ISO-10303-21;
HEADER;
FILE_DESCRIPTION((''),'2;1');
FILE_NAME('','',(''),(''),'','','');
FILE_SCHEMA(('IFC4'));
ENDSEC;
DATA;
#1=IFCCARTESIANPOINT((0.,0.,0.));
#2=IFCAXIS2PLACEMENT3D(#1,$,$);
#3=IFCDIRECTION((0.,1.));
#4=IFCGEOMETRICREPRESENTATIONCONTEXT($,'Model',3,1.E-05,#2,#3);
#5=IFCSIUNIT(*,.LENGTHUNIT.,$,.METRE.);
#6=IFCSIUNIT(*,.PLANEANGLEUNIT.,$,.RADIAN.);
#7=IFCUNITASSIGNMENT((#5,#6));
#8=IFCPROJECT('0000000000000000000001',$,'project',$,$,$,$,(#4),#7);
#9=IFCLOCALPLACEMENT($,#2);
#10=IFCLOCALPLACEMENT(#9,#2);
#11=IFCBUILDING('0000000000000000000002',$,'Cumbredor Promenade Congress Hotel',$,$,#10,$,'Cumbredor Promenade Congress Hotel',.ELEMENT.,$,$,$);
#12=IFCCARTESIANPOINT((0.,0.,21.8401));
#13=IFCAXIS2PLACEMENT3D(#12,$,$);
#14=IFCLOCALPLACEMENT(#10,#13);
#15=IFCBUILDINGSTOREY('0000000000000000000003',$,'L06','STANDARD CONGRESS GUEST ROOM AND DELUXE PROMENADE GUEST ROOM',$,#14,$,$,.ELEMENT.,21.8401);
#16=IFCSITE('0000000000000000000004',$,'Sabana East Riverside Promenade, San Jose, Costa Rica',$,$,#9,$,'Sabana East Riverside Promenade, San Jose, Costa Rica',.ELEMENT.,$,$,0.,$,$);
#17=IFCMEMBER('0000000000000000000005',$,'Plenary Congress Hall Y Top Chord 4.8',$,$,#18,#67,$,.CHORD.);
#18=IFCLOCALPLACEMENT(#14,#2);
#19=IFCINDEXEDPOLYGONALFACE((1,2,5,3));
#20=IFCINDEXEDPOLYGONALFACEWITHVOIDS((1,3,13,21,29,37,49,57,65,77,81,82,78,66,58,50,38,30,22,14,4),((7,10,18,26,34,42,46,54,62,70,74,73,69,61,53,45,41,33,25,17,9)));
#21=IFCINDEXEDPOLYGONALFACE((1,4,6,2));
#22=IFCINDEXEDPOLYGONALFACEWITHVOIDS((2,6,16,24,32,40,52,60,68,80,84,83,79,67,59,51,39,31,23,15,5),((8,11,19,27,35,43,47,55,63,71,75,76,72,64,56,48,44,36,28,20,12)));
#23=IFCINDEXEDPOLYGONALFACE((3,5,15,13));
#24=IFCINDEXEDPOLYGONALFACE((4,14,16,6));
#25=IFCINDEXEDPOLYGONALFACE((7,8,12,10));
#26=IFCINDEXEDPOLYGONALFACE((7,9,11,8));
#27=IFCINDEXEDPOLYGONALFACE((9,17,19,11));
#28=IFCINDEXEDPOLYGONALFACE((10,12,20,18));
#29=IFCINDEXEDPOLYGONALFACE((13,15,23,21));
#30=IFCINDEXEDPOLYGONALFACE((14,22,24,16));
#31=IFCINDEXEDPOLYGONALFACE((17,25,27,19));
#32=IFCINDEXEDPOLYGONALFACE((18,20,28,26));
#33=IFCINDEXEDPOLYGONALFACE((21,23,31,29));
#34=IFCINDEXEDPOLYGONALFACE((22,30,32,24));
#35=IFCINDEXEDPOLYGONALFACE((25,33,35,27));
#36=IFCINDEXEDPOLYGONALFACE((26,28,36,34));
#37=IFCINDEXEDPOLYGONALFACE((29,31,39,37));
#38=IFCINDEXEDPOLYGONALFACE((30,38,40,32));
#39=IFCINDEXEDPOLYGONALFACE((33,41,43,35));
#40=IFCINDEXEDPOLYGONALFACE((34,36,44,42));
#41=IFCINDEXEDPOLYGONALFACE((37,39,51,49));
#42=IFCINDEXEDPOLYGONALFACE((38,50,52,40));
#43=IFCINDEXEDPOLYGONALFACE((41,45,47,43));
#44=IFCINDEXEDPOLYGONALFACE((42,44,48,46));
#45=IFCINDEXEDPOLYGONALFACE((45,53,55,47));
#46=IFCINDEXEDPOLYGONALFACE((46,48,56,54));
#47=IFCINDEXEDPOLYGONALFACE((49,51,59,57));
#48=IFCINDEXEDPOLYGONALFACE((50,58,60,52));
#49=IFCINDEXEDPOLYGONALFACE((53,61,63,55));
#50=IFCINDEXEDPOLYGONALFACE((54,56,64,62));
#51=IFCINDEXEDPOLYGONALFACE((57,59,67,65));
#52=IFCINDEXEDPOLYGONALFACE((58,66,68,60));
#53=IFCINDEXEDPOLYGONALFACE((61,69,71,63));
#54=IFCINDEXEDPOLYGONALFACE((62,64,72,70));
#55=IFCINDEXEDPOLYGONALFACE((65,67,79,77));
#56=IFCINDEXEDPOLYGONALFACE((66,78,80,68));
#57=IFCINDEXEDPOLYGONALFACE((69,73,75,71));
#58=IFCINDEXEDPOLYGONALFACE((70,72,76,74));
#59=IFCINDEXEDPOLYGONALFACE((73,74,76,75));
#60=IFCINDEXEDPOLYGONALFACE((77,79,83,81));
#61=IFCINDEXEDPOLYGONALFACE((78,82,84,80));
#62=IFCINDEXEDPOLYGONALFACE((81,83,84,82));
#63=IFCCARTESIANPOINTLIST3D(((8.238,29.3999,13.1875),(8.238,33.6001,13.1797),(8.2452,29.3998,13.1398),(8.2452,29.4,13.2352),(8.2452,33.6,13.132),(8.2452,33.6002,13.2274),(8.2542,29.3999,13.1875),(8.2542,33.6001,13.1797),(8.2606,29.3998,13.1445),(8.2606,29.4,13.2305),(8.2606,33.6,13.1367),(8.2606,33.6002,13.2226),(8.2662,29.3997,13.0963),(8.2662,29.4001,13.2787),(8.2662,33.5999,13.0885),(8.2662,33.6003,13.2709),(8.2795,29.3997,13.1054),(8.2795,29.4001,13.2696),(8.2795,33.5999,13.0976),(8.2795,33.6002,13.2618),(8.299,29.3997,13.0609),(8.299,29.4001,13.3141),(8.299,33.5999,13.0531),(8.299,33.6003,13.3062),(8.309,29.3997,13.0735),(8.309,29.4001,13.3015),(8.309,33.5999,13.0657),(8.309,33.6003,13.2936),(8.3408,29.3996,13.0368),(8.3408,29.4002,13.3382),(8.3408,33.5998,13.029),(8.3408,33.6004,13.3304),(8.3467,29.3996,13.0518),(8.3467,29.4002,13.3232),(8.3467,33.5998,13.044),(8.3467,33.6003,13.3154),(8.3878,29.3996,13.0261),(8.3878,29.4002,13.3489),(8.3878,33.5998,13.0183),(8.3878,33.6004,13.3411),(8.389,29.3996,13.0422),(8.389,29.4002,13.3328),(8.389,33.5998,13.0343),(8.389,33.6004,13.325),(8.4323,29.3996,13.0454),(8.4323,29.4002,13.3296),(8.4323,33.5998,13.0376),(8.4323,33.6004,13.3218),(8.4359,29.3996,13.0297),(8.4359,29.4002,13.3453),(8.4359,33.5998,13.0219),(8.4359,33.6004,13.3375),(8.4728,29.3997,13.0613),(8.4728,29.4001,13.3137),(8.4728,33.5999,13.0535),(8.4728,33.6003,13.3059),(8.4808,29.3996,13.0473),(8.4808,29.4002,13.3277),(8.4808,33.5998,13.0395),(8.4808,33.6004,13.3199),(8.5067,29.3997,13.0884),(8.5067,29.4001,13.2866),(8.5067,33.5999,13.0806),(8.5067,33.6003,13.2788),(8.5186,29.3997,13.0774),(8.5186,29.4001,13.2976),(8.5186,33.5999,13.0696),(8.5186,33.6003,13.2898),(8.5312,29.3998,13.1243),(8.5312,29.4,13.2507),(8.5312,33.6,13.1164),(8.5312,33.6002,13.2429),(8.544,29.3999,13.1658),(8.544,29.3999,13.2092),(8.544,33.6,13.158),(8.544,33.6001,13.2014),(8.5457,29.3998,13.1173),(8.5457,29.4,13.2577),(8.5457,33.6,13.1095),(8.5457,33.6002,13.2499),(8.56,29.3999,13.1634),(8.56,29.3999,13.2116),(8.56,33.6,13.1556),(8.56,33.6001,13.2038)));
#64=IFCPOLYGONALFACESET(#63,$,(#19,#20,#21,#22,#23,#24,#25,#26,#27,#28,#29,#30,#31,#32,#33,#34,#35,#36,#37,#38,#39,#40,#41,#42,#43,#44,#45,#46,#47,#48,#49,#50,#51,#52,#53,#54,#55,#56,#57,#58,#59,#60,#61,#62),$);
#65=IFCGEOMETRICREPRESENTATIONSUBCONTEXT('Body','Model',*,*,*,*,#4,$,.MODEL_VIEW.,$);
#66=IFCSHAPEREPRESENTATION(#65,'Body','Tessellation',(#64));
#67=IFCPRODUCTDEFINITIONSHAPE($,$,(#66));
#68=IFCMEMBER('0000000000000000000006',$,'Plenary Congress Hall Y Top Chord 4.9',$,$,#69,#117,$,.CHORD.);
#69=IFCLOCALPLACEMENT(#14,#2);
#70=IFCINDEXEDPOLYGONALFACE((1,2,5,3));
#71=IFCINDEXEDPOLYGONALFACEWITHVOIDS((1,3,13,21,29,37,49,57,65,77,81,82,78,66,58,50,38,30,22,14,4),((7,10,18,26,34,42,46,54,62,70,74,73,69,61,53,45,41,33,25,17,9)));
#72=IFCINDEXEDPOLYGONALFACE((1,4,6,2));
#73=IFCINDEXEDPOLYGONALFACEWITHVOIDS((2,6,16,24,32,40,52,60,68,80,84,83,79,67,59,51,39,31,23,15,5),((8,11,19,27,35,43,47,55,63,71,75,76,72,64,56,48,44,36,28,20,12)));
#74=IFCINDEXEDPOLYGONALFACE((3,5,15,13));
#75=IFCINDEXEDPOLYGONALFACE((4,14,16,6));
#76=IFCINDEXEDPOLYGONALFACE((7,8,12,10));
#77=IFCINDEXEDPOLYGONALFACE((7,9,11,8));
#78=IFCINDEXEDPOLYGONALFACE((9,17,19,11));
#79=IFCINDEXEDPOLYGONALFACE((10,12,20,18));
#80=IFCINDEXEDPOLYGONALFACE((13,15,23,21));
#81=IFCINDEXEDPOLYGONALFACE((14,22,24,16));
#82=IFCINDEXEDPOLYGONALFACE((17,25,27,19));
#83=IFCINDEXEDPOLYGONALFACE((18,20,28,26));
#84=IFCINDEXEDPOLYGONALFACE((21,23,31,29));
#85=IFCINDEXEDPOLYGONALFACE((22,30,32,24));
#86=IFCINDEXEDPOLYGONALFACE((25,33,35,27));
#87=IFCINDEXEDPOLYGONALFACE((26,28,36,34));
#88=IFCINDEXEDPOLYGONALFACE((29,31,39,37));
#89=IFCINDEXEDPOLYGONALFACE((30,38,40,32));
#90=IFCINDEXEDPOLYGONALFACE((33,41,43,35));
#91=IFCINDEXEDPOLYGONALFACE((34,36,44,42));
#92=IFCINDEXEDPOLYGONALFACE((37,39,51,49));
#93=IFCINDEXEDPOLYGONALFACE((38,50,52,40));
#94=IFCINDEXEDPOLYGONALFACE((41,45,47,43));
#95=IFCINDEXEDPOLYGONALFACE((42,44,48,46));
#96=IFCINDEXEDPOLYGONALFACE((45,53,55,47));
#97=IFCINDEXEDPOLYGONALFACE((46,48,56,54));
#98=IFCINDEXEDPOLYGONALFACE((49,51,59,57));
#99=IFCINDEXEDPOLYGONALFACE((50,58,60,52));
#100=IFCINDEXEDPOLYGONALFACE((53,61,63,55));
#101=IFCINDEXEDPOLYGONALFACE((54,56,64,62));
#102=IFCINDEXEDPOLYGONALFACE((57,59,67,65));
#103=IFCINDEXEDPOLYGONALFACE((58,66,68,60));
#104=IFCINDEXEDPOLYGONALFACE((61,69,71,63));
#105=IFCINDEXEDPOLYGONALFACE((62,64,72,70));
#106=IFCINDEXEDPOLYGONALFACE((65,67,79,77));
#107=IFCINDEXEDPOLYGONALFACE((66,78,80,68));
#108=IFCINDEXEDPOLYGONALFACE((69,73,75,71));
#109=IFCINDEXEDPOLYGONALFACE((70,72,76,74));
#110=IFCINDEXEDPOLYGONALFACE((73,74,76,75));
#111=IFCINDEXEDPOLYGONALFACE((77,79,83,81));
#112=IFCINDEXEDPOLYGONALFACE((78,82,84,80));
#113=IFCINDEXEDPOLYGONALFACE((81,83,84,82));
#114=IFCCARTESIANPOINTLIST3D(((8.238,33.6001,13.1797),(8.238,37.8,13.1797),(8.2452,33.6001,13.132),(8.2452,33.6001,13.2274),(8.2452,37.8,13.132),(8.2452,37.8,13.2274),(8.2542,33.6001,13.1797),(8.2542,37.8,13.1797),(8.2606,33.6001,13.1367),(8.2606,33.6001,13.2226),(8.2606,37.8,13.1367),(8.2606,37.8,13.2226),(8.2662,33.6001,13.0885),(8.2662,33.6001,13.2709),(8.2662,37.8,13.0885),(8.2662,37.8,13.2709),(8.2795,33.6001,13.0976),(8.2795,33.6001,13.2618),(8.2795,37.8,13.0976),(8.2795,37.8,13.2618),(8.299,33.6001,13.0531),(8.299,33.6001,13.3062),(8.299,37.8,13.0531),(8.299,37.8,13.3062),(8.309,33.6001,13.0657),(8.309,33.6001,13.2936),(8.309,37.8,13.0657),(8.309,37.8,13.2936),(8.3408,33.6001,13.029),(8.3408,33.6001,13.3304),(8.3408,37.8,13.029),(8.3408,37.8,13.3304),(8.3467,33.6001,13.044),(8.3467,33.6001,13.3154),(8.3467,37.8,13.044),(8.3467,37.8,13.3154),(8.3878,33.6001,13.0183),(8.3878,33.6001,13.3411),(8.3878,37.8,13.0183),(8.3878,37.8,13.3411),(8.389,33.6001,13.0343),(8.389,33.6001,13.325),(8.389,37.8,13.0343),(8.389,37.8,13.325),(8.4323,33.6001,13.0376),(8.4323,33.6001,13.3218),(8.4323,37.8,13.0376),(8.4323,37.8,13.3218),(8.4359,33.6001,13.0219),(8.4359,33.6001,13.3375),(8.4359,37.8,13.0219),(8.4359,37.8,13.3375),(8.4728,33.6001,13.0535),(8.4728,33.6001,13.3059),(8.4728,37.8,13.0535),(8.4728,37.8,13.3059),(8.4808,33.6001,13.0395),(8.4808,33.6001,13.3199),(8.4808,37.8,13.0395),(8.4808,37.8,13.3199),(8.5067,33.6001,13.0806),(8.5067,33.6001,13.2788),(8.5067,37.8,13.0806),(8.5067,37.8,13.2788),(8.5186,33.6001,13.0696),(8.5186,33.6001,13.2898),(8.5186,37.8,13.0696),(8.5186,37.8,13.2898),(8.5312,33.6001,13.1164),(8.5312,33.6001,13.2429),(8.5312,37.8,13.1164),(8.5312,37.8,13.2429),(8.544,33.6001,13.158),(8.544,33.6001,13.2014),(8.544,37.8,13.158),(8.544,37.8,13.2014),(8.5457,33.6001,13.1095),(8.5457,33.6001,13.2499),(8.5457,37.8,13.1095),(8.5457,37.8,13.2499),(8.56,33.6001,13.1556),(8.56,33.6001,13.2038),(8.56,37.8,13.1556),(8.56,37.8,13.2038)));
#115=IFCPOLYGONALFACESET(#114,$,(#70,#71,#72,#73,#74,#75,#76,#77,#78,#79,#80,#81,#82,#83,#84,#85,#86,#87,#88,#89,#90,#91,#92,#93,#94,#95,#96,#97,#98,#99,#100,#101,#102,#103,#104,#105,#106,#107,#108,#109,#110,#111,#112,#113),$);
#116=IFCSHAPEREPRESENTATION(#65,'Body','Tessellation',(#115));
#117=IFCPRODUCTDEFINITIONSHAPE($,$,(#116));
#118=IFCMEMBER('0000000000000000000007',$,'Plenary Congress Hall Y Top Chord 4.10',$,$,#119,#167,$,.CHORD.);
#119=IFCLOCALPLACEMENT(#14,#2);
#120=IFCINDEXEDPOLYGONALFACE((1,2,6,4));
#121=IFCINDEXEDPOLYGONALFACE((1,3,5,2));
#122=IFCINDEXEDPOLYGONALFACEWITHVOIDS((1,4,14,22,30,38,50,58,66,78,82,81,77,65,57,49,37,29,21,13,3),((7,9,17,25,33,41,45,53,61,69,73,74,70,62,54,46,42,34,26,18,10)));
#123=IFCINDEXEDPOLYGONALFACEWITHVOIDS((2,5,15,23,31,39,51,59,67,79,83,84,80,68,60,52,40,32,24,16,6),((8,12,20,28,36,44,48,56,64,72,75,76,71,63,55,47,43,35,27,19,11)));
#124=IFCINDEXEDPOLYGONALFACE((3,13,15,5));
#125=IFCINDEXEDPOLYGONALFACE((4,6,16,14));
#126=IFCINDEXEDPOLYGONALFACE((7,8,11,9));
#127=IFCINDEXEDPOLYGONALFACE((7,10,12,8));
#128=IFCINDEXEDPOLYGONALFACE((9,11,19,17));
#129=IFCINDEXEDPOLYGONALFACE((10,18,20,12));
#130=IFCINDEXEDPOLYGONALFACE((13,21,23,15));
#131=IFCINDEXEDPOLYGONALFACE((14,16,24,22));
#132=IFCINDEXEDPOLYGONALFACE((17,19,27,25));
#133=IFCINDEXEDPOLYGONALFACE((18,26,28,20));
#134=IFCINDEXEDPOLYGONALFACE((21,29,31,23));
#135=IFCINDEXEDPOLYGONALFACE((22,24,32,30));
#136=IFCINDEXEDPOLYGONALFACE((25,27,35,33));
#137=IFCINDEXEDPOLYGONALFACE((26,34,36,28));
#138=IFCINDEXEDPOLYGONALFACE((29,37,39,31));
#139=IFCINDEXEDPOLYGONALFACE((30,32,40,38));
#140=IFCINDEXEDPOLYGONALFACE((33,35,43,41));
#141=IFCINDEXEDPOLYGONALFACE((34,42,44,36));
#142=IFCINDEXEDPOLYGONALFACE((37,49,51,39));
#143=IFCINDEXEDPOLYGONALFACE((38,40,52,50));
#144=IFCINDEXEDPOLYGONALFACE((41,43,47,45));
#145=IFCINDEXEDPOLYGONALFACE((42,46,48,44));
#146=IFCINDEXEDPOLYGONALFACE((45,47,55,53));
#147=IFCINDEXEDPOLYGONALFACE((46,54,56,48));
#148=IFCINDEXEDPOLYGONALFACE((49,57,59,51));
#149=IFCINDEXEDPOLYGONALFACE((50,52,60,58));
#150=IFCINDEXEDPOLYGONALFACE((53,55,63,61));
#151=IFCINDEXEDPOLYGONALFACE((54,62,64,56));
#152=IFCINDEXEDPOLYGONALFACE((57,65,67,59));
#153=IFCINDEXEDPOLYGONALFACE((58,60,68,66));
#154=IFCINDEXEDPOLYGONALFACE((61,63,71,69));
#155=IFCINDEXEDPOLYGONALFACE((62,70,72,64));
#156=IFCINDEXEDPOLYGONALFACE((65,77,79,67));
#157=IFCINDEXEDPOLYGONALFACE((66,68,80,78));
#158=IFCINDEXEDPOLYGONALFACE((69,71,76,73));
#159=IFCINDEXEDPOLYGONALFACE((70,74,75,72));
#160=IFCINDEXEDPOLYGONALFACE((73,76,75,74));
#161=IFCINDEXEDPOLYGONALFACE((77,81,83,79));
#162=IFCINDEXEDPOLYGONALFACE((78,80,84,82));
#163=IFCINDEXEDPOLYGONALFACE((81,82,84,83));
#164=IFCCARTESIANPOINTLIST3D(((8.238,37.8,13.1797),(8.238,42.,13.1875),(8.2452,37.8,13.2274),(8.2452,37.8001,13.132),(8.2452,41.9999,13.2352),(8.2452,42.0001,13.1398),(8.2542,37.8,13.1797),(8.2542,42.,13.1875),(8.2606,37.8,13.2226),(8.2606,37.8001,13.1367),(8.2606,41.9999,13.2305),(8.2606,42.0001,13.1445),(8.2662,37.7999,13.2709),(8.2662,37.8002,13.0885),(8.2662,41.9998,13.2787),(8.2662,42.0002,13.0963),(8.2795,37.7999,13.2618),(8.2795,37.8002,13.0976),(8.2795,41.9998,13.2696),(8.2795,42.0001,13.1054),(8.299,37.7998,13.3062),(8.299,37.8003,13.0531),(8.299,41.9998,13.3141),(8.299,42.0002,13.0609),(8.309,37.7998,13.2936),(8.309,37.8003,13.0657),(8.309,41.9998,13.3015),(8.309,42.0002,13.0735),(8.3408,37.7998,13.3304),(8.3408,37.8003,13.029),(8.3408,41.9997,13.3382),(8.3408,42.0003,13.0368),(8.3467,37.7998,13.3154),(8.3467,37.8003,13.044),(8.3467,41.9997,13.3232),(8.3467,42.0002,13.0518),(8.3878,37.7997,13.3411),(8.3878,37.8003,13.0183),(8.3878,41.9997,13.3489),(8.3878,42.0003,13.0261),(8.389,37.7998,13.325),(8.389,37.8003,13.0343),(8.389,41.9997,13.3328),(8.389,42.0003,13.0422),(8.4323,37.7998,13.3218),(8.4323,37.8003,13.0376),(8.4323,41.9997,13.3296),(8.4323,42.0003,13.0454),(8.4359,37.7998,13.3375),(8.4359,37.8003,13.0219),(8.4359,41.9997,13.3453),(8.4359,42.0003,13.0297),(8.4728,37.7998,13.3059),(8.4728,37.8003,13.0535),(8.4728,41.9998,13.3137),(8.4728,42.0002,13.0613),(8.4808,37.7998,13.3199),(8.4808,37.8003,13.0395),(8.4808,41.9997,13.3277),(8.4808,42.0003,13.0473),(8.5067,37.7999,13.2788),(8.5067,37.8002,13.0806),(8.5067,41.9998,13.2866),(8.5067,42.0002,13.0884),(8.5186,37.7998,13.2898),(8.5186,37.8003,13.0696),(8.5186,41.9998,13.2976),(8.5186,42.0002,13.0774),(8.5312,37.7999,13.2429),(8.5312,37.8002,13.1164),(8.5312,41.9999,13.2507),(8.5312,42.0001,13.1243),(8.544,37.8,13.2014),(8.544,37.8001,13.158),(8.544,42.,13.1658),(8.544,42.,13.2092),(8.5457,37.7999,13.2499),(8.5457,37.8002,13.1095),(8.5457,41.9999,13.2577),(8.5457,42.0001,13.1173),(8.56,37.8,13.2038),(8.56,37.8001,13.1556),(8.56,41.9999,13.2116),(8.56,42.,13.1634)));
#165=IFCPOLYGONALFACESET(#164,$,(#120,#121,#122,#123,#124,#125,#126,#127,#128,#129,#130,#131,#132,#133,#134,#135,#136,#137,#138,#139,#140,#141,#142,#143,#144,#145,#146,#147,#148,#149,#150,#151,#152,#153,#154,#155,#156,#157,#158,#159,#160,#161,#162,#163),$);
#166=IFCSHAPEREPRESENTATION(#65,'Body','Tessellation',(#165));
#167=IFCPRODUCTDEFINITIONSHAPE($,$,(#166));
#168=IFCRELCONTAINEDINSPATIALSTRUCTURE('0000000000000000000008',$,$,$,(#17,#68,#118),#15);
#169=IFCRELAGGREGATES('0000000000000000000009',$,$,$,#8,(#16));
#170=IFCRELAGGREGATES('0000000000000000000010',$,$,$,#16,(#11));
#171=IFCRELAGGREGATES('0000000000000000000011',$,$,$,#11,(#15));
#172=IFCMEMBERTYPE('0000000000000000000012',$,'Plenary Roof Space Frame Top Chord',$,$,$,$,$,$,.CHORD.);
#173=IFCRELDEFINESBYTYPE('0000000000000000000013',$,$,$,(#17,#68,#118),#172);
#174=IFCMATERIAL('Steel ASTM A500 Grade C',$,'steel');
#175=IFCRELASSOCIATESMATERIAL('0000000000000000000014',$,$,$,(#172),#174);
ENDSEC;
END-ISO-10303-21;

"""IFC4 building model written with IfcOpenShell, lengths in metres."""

from ifc_helpers import new_model, si_unit, direction, frame, origin, origin_2d, place, context, subcontext, project, spatial, hollow_circle, extrude, material, material_profile, profile_set, type_object, element, save


model = new_model("IFC4")

# Units and contexts
model_context = context("Model", 3, precision=1e-05, world=origin(), true_north=direction((0.0, 1.0)))
body_context = subcontext(model_context, "Body", "Model", "MODEL_VIEW")
ifc_project = project(units=[si_unit("LENGTHUNIT", "METRE"), si_unit("PLANEANGLEUNIT", "RADIAN")], contexts=[model_context])

# Site, building, storey
site_placement = place(None, origin())
site = spatial("IfcSite", under=ifc_project, at=site_placement, Name="Sabana East Riverside Promenade, San Jose, Costa Rica", LongName="Sabana East Riverside Promenade, San Jose, Costa Rica", CompositionType="ELEMENT", RefElevation=0.0)
building_placement = place(site_placement, origin())
building = spatial("IfcBuilding", under=site, at=building_placement, Name="Cumbredor Promenade Congress Hotel", LongName="Cumbredor Promenade Congress Hotel", CompositionType="ELEMENT")
storey_placement = place(building_placement, frame((0.0, 0.0, 21.8401)))
storey = spatial("IfcBuildingStorey", under=building, at=storey_placement, Name="L06", Description="STANDARD CONGRESS GUEST ROOM AND DELUXE PROMENADE GUEST ROOM", CompositionType="ELEMENT", Elevation=21.8401)

# Members
ifc_material_1 = material(Name="Steel ASTM A500 Grade C", Category="steel")
ifc_material_profile_1 = material_profile(ifc_material_1, hollow_circle(Radius=0.1619, WallThickness=0.0161, at=origin_2d()), Name="CHS 323.9x16")
ifc_profile_set_1 = profile_set([ifc_material_profile_1], Name="Steel ASTM A500 Grade C")
member_type_1 = type_object("IfcMemberType", Name="Plenary Roof Space Frame Top Chord", PredefinedType="CHORD", material=ifc_profile_set_1)
for number, where, z_axis, x_axis, name in (
    (1, (8.3999, 29.3999, 13.1875), (0.0, 0.999998, -0.00186), (-1.0, 0.0, 0.0), "Plenary Congress Hall Y Top Chord 4.8"),
):
    element("IfcMember", number, at=place(storey_placement, frame(where, z_axis=z_axis, x_axis=x_axis)), inside=storey, type_object=member_type_1, Name=name, PredefinedType="CHORD", context=body_context, shape_type="SweptSolid", body=[
        extrude(hollow_circle(Radius=0.1619, WallThickness=0.0161, at=origin_2d()), origin(), (0.0, 0.0, 1.0), 4.2002),
    ])
for number, where, z_axis, x_axis, name in (
    (2, (8.3999, 33.6001, 13.1797), (0.0, 1.0, 0.0), (-1.0, 0.0, 0.0), "Plenary Congress Hall Y Top Chord 4.9"),
    (3, (8.3999, 37.8, 13.1797), (0.0, 0.999998, 0.00186), (-1.0, 0.0, 0.0), "Plenary Congress Hall Y Top Chord 4.10"),
):
    element("IfcMember", number, at=place(storey_placement, frame(where, z_axis=z_axis, x_axis=x_axis)), inside=storey, type_object=member_type_1, Name=name, PredefinedType="CHORD", context=body_context, shape_type="SweptSolid", body=[
        extrude(hollow_circle(Radius=0.1619, WallThickness=0.0161, at=origin_2d()), origin(), (0.0, 0.0, 1.0), 4.2),
    ])

save(model, "model.ifc")
